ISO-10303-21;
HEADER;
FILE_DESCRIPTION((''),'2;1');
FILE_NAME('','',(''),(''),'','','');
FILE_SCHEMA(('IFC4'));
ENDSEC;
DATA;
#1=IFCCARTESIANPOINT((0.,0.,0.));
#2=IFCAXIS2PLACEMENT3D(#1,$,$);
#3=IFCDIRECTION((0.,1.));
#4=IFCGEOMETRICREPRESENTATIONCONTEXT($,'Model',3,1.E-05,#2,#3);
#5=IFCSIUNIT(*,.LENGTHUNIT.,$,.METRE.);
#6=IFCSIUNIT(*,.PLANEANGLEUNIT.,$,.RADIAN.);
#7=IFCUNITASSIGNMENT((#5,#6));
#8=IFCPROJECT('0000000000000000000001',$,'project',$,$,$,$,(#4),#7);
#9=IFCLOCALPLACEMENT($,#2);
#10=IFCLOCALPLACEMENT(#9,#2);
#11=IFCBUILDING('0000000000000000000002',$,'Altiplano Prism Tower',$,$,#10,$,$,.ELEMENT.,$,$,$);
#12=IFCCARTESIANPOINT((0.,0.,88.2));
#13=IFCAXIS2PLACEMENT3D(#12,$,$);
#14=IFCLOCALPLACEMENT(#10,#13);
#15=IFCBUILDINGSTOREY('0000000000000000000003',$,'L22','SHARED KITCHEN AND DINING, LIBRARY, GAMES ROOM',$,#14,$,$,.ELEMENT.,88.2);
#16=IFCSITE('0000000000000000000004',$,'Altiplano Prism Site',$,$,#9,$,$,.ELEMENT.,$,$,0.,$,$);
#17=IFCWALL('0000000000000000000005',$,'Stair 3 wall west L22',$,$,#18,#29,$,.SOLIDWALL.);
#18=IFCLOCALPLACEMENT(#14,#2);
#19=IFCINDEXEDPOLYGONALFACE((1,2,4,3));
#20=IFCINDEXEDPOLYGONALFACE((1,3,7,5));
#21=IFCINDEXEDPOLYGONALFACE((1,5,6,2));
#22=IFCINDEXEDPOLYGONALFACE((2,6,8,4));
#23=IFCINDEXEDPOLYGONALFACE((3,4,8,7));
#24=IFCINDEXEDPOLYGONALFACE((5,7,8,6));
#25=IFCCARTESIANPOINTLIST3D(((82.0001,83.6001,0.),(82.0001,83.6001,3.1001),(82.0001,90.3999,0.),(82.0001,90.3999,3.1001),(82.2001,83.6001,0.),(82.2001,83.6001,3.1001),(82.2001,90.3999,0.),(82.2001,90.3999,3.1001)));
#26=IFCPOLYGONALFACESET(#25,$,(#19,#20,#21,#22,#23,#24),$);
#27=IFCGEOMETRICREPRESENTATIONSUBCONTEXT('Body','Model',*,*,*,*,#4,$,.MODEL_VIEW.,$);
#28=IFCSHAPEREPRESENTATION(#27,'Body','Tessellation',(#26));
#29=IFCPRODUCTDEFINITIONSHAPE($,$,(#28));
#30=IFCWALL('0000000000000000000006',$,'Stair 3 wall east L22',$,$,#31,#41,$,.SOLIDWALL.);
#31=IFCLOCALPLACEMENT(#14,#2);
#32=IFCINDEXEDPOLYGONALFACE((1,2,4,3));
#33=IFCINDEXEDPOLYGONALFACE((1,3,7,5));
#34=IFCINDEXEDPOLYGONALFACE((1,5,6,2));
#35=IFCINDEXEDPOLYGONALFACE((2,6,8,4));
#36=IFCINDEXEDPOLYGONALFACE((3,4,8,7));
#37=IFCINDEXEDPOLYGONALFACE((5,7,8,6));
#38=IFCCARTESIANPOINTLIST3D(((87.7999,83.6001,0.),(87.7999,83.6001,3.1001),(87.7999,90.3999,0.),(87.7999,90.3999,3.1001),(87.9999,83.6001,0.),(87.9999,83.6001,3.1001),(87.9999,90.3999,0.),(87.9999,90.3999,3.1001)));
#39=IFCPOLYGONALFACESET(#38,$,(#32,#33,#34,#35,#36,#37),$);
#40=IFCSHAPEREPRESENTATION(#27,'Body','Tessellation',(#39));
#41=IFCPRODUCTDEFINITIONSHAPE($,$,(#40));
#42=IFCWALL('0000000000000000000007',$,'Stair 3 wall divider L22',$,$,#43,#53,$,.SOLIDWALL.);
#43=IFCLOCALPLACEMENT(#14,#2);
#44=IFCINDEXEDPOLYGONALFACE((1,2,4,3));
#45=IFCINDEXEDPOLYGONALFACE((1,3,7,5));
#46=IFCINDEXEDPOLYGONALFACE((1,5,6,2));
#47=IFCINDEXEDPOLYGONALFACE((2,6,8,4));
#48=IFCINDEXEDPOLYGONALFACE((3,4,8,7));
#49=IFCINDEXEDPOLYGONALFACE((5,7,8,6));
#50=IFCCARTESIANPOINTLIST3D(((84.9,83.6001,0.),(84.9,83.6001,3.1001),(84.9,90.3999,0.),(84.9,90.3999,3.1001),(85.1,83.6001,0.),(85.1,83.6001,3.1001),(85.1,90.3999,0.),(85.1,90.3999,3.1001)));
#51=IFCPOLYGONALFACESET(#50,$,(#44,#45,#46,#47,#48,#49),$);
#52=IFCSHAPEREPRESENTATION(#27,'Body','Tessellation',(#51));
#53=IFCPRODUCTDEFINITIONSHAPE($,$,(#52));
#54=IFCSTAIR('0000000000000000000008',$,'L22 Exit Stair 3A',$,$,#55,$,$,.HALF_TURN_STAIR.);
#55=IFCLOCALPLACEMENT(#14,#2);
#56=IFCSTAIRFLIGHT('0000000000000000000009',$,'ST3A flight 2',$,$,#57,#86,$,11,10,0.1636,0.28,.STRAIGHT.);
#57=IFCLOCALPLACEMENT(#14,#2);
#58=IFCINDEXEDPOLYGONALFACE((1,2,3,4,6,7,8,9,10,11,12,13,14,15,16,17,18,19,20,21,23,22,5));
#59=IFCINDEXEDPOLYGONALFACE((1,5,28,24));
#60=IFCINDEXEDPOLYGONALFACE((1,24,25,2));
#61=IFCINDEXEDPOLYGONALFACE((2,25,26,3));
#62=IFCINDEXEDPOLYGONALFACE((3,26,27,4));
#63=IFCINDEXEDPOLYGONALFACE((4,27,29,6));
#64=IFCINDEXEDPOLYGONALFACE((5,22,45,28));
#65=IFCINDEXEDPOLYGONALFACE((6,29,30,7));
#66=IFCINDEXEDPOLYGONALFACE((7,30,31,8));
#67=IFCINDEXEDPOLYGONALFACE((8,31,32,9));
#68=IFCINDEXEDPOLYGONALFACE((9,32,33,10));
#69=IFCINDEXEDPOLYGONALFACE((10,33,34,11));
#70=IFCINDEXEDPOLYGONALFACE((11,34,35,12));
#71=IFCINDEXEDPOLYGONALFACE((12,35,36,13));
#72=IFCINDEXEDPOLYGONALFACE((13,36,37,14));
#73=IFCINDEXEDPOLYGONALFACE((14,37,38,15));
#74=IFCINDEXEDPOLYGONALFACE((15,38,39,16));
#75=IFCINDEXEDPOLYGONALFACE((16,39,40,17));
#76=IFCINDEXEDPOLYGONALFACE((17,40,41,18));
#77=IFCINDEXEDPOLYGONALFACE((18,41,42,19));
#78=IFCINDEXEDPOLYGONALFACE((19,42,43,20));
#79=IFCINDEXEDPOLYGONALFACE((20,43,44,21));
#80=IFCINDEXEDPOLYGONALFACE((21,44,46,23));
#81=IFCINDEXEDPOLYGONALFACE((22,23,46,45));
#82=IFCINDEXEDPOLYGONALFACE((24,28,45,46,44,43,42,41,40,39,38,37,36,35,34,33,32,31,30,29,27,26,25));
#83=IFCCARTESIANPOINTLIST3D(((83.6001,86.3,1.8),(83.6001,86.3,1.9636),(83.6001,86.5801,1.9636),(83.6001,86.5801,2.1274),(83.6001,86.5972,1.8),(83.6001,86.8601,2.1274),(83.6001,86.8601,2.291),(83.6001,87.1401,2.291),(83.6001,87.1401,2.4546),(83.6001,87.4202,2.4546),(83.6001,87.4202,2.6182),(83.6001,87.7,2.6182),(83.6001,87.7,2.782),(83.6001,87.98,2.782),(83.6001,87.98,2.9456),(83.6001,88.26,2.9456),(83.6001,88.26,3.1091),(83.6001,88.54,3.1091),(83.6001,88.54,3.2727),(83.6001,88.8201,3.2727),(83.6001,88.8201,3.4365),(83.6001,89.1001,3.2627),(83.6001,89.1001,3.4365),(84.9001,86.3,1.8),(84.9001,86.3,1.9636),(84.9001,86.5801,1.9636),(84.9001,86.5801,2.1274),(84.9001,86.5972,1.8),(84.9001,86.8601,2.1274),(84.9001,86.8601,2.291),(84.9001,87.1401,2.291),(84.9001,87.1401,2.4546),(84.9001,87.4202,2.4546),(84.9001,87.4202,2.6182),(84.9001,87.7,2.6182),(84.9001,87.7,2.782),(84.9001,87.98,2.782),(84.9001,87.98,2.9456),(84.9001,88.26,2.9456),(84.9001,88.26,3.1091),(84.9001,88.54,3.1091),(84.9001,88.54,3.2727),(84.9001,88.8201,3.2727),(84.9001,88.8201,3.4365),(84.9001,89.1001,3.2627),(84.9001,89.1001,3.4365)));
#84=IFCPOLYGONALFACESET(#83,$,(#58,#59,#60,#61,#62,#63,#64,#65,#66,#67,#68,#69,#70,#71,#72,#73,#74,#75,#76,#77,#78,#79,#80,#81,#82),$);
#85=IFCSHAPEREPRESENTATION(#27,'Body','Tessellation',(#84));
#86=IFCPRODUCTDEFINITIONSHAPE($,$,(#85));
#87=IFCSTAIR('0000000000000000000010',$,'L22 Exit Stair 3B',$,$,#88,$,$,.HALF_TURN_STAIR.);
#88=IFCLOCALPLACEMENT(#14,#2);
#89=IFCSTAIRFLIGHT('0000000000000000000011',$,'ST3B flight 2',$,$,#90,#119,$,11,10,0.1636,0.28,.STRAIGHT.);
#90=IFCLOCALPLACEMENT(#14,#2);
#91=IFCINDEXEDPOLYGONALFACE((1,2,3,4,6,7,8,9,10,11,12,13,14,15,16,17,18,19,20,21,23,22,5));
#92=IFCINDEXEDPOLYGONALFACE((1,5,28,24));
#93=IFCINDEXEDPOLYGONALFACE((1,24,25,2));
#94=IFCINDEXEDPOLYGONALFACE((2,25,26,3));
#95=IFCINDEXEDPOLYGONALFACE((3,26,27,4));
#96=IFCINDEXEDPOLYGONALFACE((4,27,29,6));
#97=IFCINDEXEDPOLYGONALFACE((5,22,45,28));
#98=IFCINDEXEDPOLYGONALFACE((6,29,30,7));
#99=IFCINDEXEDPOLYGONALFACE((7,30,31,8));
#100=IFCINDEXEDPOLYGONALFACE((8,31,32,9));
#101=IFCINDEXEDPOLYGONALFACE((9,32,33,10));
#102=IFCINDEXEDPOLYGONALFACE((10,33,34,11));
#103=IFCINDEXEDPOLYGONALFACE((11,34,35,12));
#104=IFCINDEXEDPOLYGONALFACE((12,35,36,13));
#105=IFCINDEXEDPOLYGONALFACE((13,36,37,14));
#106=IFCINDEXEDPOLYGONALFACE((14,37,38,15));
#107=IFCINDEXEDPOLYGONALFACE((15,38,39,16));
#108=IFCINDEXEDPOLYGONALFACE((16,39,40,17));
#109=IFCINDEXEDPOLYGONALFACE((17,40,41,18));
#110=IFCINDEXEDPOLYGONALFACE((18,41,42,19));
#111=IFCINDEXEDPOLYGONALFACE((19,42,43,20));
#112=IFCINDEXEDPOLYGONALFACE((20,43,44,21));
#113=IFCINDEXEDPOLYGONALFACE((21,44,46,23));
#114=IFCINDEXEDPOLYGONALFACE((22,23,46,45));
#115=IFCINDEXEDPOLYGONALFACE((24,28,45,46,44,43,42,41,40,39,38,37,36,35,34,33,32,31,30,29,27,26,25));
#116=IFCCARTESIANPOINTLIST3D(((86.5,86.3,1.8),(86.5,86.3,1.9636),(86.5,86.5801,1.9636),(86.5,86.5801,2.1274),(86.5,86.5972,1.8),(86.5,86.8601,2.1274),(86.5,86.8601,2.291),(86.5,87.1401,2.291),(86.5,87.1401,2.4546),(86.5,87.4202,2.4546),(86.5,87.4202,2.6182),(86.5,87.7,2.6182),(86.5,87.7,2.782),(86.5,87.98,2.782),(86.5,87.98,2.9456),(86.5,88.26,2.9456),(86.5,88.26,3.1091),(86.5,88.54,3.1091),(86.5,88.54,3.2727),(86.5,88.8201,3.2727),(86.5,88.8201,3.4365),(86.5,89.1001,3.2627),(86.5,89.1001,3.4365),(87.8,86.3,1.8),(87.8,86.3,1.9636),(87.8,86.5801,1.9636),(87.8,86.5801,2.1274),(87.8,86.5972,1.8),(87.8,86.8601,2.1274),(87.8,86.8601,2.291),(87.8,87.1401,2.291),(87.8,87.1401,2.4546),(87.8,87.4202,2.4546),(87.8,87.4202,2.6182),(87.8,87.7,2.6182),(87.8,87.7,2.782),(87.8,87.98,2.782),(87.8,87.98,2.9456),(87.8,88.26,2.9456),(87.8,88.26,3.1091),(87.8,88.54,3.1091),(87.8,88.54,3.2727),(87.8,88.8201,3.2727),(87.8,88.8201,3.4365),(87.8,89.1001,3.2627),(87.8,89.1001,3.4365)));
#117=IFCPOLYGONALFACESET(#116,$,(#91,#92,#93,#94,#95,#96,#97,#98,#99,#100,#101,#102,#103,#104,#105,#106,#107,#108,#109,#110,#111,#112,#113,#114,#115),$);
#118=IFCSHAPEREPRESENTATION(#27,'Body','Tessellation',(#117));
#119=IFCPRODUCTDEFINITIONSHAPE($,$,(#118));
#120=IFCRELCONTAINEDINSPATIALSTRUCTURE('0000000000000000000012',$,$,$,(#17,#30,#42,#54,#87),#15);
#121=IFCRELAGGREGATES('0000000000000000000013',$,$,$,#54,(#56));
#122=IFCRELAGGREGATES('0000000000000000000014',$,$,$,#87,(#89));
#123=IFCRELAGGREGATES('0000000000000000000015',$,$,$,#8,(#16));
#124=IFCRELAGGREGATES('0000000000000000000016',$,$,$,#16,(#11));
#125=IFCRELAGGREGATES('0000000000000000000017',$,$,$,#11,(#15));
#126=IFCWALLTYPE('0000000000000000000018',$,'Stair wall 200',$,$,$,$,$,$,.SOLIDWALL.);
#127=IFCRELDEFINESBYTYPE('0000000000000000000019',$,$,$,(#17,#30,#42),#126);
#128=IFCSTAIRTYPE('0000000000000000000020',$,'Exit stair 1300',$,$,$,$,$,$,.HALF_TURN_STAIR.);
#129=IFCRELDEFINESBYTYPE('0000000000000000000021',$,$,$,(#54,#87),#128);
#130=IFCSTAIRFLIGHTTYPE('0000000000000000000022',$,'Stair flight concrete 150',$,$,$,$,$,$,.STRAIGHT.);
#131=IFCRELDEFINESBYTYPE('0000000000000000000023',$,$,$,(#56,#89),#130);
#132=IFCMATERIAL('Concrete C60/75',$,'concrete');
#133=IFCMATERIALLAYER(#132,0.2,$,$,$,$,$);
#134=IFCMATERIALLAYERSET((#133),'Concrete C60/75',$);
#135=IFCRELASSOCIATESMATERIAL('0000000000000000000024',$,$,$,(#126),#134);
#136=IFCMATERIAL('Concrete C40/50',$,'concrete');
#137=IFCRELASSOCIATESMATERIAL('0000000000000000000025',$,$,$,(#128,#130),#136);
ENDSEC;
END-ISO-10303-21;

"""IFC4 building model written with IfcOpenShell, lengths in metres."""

from ifc_helpers import new_model, si_unit, direction, frame, frame_2d, origin, place, context, subcontext, project, spatial, polyline, rectangle, outline, extrude, material, layer, layer_set, type_object, element, aggregate, save


model = new_model("IFC4")

# Units and contexts
model_context = context("Model", 3, precision=1e-05, world=origin(), true_north=direction((0.0, 1.0)))
body_context = subcontext(model_context, "Body", "Model", "MODEL_VIEW")
ifc_project = project(units=[si_unit("LENGTHUNIT", "METRE"), si_unit("PLANEANGLEUNIT", "RADIAN")], contexts=[model_context])

# Site, building, storey
site_placement = place(None, origin())
site = spatial("IfcSite", under=ifc_project, at=site_placement, Name="Altiplano Prism Site", CompositionType="ELEMENT", RefElevation=0.0)
building_placement = place(site_placement, origin())
building = spatial("IfcBuilding", under=site, at=building_placement, Name="Altiplano Prism Tower", CompositionType="ELEMENT")
storey_placement = place(building_placement, frame((0.0, 0.0, 88.2)))
storey = spatial("IfcBuildingStorey", under=building, at=storey_placement, Name="L22", Description="SHARED KITCHEN AND DINING, LIBRARY, GAMES ROOM", CompositionType="ELEMENT", Elevation=88.2)

# Shared definitions
ifc_material_1 = material(Name="Concrete C60/75", Category="concrete")

# Walls
ifc_layer_1 = layer(ifc_material_1, 0.2)
ifc_layer_set_1 = layer_set([ifc_layer_1], Name="Concrete C60/75")
wall_type_1 = type_object("IfcWallType", Name="Stair wall 200", PredefinedType="SOLIDWALL", material=ifc_layer_set_1)
for number, where, z_axis, x_axis, name in (
    (1, (82.1001, 83.6001, 0.0), (0.0, 0.0, 1.0), (0.0, 1.0, 0.0), "Stair 3 wall west L22"),
    (2, (87.8999, 83.6001, 0.0), (0.0, 0.0, 1.0), (0.0, 1.0, 0.0), "Stair 3 wall east L22"),
    (3, (85.0, 83.6001, 0.0), (0.0, 0.0, 1.0), (0.0, 1.0, 0.0), "Stair 3 wall divider L22"),
):
    element("IfcWall", number, at=place(storey_placement, frame(where, z_axis=z_axis, x_axis=x_axis)), inside=storey, type_object=wall_type_1, Name=name, PredefinedType="SOLIDWALL", context=body_context, shape_type="SweptSolid", body=[
        extrude(rectangle(XDim=6.7998, YDim=0.2, at=frame_2d((3.3999, 0.0))), origin(), (0.0, 0.0, 1.0), 3.1001),
    ])

# Stairs, stair flights
ifc_material_2 = material(Name="Concrete C40/50", Category="concrete")
stair_type = type_object("IfcStairType", Name="Exit stair 1300", PredefinedType="HALF_TURN_STAIR", material=ifc_material_2)
stair_1_placement = place(storey_placement, origin())
stair_1 = element("IfcStair", 4, at=stair_1_placement, inside=storey, type_object=stair_type, Name="L22 Exit Stair 3A", PredefinedType="HALF_TURN_STAIR")
stair_flight_type = type_object("IfcStairFlightType", Name="Stair flight concrete 150", PredefinedType="STRAIGHT", material=ifc_material_2)
stair_flight_1_placement = place(storey_placement, frame((84.25, 86.3, 1.8), z_axis=(0.0, 0.0, 1.0), x_axis=(0.0, 1.0, 0.0)))
stair_flight_1 = element("IfcStairFlight", 5, at=stair_flight_1_placement, type_object=stair_flight_type, Name="ST3A flight 2", NumberOfRisers=11, NumberOfTreads=10, PredefinedType="STRAIGHT", RiserHeight=0.1636, TreadLength=0.28, context=body_context, shape_type="SweptSolid", body=[
    extrude(outline(polyline([(0.0, 0.0), (0.0, 0.1636), (0.28, 0.1636), (0.28, 0.3274), (0.5601, 0.3274), (0.5601, 0.491), (0.8401, 0.491), (0.8401, 0.6545), (1.1201, 0.6545), (1.1201, 0.8181), (1.3999, 0.8181), (1.3999, 0.9819), (1.6799, 0.9819), (1.6799, 1.1455), (1.96, 1.1455), (1.96, 1.3091), (2.24, 1.3091), (2.24, 1.4727), (2.52, 1.4727), (2.52, 1.6365), (2.8, 1.6365), (2.8, 1.8), (2.8, 1.4626), (0.2971, 0.0), (0.0, 0.0)])), frame((0.0, 0.6499, 0.0), z_axis=(0.0, -1.0, 0.0), x_axis=(1.0, 0.0, 0.0)), (0.0, 0.0, 1.0), 1.3),
])
aggregate(stair_1, [stair_flight_1])
stair_2_placement = place(storey_placement, origin())
stair_2 = element("IfcStair", 6, at=stair_2_placement, inside=storey, type_object=stair_type, Name="L22 Exit Stair 3B", PredefinedType="HALF_TURN_STAIR")
stair_flight_2_placement = place(storey_placement, frame((87.1499, 86.3, 1.8), z_axis=(0.0, 0.0, 1.0), x_axis=(0.0, 1.0, 0.0)))
stair_flight_2 = element("IfcStairFlight", 7, at=stair_flight_2_placement, type_object=stair_flight_type, Name="ST3B flight 2", NumberOfRisers=11, NumberOfTreads=10, PredefinedType="STRAIGHT", RiserHeight=0.1636, TreadLength=0.28, context=body_context, shape_type="SweptSolid", body=[
    extrude(outline(polyline([(0.0, 0.0), (0.0, 0.1636), (0.28, 0.1636), (0.28, 0.3274), (0.5601, 0.3274), (0.5601, 0.491), (0.8401, 0.491), (0.8401, 0.6545), (1.1201, 0.6545), (1.1201, 0.8181), (1.3999, 0.8181), (1.3999, 0.9819), (1.6799, 0.9819), (1.6799, 1.1455), (1.96, 1.1455), (1.96, 1.3091), (2.24, 1.3091), (2.24, 1.4727), (2.52, 1.4727), (2.52, 1.6365), (2.8, 1.6365), (2.8, 1.8), (2.8, 1.4626), (0.2971, 0.0), (0.0, 0.0)])), frame((0.0, 0.6499, 0.0), z_axis=(0.0, -1.0, 0.0), x_axis=(1.0, 0.0, 0.0)), (0.0, 0.0, 1.0), 1.3),
])
aggregate(stair_2, [stair_flight_2])

save(model, "model.ifc")
